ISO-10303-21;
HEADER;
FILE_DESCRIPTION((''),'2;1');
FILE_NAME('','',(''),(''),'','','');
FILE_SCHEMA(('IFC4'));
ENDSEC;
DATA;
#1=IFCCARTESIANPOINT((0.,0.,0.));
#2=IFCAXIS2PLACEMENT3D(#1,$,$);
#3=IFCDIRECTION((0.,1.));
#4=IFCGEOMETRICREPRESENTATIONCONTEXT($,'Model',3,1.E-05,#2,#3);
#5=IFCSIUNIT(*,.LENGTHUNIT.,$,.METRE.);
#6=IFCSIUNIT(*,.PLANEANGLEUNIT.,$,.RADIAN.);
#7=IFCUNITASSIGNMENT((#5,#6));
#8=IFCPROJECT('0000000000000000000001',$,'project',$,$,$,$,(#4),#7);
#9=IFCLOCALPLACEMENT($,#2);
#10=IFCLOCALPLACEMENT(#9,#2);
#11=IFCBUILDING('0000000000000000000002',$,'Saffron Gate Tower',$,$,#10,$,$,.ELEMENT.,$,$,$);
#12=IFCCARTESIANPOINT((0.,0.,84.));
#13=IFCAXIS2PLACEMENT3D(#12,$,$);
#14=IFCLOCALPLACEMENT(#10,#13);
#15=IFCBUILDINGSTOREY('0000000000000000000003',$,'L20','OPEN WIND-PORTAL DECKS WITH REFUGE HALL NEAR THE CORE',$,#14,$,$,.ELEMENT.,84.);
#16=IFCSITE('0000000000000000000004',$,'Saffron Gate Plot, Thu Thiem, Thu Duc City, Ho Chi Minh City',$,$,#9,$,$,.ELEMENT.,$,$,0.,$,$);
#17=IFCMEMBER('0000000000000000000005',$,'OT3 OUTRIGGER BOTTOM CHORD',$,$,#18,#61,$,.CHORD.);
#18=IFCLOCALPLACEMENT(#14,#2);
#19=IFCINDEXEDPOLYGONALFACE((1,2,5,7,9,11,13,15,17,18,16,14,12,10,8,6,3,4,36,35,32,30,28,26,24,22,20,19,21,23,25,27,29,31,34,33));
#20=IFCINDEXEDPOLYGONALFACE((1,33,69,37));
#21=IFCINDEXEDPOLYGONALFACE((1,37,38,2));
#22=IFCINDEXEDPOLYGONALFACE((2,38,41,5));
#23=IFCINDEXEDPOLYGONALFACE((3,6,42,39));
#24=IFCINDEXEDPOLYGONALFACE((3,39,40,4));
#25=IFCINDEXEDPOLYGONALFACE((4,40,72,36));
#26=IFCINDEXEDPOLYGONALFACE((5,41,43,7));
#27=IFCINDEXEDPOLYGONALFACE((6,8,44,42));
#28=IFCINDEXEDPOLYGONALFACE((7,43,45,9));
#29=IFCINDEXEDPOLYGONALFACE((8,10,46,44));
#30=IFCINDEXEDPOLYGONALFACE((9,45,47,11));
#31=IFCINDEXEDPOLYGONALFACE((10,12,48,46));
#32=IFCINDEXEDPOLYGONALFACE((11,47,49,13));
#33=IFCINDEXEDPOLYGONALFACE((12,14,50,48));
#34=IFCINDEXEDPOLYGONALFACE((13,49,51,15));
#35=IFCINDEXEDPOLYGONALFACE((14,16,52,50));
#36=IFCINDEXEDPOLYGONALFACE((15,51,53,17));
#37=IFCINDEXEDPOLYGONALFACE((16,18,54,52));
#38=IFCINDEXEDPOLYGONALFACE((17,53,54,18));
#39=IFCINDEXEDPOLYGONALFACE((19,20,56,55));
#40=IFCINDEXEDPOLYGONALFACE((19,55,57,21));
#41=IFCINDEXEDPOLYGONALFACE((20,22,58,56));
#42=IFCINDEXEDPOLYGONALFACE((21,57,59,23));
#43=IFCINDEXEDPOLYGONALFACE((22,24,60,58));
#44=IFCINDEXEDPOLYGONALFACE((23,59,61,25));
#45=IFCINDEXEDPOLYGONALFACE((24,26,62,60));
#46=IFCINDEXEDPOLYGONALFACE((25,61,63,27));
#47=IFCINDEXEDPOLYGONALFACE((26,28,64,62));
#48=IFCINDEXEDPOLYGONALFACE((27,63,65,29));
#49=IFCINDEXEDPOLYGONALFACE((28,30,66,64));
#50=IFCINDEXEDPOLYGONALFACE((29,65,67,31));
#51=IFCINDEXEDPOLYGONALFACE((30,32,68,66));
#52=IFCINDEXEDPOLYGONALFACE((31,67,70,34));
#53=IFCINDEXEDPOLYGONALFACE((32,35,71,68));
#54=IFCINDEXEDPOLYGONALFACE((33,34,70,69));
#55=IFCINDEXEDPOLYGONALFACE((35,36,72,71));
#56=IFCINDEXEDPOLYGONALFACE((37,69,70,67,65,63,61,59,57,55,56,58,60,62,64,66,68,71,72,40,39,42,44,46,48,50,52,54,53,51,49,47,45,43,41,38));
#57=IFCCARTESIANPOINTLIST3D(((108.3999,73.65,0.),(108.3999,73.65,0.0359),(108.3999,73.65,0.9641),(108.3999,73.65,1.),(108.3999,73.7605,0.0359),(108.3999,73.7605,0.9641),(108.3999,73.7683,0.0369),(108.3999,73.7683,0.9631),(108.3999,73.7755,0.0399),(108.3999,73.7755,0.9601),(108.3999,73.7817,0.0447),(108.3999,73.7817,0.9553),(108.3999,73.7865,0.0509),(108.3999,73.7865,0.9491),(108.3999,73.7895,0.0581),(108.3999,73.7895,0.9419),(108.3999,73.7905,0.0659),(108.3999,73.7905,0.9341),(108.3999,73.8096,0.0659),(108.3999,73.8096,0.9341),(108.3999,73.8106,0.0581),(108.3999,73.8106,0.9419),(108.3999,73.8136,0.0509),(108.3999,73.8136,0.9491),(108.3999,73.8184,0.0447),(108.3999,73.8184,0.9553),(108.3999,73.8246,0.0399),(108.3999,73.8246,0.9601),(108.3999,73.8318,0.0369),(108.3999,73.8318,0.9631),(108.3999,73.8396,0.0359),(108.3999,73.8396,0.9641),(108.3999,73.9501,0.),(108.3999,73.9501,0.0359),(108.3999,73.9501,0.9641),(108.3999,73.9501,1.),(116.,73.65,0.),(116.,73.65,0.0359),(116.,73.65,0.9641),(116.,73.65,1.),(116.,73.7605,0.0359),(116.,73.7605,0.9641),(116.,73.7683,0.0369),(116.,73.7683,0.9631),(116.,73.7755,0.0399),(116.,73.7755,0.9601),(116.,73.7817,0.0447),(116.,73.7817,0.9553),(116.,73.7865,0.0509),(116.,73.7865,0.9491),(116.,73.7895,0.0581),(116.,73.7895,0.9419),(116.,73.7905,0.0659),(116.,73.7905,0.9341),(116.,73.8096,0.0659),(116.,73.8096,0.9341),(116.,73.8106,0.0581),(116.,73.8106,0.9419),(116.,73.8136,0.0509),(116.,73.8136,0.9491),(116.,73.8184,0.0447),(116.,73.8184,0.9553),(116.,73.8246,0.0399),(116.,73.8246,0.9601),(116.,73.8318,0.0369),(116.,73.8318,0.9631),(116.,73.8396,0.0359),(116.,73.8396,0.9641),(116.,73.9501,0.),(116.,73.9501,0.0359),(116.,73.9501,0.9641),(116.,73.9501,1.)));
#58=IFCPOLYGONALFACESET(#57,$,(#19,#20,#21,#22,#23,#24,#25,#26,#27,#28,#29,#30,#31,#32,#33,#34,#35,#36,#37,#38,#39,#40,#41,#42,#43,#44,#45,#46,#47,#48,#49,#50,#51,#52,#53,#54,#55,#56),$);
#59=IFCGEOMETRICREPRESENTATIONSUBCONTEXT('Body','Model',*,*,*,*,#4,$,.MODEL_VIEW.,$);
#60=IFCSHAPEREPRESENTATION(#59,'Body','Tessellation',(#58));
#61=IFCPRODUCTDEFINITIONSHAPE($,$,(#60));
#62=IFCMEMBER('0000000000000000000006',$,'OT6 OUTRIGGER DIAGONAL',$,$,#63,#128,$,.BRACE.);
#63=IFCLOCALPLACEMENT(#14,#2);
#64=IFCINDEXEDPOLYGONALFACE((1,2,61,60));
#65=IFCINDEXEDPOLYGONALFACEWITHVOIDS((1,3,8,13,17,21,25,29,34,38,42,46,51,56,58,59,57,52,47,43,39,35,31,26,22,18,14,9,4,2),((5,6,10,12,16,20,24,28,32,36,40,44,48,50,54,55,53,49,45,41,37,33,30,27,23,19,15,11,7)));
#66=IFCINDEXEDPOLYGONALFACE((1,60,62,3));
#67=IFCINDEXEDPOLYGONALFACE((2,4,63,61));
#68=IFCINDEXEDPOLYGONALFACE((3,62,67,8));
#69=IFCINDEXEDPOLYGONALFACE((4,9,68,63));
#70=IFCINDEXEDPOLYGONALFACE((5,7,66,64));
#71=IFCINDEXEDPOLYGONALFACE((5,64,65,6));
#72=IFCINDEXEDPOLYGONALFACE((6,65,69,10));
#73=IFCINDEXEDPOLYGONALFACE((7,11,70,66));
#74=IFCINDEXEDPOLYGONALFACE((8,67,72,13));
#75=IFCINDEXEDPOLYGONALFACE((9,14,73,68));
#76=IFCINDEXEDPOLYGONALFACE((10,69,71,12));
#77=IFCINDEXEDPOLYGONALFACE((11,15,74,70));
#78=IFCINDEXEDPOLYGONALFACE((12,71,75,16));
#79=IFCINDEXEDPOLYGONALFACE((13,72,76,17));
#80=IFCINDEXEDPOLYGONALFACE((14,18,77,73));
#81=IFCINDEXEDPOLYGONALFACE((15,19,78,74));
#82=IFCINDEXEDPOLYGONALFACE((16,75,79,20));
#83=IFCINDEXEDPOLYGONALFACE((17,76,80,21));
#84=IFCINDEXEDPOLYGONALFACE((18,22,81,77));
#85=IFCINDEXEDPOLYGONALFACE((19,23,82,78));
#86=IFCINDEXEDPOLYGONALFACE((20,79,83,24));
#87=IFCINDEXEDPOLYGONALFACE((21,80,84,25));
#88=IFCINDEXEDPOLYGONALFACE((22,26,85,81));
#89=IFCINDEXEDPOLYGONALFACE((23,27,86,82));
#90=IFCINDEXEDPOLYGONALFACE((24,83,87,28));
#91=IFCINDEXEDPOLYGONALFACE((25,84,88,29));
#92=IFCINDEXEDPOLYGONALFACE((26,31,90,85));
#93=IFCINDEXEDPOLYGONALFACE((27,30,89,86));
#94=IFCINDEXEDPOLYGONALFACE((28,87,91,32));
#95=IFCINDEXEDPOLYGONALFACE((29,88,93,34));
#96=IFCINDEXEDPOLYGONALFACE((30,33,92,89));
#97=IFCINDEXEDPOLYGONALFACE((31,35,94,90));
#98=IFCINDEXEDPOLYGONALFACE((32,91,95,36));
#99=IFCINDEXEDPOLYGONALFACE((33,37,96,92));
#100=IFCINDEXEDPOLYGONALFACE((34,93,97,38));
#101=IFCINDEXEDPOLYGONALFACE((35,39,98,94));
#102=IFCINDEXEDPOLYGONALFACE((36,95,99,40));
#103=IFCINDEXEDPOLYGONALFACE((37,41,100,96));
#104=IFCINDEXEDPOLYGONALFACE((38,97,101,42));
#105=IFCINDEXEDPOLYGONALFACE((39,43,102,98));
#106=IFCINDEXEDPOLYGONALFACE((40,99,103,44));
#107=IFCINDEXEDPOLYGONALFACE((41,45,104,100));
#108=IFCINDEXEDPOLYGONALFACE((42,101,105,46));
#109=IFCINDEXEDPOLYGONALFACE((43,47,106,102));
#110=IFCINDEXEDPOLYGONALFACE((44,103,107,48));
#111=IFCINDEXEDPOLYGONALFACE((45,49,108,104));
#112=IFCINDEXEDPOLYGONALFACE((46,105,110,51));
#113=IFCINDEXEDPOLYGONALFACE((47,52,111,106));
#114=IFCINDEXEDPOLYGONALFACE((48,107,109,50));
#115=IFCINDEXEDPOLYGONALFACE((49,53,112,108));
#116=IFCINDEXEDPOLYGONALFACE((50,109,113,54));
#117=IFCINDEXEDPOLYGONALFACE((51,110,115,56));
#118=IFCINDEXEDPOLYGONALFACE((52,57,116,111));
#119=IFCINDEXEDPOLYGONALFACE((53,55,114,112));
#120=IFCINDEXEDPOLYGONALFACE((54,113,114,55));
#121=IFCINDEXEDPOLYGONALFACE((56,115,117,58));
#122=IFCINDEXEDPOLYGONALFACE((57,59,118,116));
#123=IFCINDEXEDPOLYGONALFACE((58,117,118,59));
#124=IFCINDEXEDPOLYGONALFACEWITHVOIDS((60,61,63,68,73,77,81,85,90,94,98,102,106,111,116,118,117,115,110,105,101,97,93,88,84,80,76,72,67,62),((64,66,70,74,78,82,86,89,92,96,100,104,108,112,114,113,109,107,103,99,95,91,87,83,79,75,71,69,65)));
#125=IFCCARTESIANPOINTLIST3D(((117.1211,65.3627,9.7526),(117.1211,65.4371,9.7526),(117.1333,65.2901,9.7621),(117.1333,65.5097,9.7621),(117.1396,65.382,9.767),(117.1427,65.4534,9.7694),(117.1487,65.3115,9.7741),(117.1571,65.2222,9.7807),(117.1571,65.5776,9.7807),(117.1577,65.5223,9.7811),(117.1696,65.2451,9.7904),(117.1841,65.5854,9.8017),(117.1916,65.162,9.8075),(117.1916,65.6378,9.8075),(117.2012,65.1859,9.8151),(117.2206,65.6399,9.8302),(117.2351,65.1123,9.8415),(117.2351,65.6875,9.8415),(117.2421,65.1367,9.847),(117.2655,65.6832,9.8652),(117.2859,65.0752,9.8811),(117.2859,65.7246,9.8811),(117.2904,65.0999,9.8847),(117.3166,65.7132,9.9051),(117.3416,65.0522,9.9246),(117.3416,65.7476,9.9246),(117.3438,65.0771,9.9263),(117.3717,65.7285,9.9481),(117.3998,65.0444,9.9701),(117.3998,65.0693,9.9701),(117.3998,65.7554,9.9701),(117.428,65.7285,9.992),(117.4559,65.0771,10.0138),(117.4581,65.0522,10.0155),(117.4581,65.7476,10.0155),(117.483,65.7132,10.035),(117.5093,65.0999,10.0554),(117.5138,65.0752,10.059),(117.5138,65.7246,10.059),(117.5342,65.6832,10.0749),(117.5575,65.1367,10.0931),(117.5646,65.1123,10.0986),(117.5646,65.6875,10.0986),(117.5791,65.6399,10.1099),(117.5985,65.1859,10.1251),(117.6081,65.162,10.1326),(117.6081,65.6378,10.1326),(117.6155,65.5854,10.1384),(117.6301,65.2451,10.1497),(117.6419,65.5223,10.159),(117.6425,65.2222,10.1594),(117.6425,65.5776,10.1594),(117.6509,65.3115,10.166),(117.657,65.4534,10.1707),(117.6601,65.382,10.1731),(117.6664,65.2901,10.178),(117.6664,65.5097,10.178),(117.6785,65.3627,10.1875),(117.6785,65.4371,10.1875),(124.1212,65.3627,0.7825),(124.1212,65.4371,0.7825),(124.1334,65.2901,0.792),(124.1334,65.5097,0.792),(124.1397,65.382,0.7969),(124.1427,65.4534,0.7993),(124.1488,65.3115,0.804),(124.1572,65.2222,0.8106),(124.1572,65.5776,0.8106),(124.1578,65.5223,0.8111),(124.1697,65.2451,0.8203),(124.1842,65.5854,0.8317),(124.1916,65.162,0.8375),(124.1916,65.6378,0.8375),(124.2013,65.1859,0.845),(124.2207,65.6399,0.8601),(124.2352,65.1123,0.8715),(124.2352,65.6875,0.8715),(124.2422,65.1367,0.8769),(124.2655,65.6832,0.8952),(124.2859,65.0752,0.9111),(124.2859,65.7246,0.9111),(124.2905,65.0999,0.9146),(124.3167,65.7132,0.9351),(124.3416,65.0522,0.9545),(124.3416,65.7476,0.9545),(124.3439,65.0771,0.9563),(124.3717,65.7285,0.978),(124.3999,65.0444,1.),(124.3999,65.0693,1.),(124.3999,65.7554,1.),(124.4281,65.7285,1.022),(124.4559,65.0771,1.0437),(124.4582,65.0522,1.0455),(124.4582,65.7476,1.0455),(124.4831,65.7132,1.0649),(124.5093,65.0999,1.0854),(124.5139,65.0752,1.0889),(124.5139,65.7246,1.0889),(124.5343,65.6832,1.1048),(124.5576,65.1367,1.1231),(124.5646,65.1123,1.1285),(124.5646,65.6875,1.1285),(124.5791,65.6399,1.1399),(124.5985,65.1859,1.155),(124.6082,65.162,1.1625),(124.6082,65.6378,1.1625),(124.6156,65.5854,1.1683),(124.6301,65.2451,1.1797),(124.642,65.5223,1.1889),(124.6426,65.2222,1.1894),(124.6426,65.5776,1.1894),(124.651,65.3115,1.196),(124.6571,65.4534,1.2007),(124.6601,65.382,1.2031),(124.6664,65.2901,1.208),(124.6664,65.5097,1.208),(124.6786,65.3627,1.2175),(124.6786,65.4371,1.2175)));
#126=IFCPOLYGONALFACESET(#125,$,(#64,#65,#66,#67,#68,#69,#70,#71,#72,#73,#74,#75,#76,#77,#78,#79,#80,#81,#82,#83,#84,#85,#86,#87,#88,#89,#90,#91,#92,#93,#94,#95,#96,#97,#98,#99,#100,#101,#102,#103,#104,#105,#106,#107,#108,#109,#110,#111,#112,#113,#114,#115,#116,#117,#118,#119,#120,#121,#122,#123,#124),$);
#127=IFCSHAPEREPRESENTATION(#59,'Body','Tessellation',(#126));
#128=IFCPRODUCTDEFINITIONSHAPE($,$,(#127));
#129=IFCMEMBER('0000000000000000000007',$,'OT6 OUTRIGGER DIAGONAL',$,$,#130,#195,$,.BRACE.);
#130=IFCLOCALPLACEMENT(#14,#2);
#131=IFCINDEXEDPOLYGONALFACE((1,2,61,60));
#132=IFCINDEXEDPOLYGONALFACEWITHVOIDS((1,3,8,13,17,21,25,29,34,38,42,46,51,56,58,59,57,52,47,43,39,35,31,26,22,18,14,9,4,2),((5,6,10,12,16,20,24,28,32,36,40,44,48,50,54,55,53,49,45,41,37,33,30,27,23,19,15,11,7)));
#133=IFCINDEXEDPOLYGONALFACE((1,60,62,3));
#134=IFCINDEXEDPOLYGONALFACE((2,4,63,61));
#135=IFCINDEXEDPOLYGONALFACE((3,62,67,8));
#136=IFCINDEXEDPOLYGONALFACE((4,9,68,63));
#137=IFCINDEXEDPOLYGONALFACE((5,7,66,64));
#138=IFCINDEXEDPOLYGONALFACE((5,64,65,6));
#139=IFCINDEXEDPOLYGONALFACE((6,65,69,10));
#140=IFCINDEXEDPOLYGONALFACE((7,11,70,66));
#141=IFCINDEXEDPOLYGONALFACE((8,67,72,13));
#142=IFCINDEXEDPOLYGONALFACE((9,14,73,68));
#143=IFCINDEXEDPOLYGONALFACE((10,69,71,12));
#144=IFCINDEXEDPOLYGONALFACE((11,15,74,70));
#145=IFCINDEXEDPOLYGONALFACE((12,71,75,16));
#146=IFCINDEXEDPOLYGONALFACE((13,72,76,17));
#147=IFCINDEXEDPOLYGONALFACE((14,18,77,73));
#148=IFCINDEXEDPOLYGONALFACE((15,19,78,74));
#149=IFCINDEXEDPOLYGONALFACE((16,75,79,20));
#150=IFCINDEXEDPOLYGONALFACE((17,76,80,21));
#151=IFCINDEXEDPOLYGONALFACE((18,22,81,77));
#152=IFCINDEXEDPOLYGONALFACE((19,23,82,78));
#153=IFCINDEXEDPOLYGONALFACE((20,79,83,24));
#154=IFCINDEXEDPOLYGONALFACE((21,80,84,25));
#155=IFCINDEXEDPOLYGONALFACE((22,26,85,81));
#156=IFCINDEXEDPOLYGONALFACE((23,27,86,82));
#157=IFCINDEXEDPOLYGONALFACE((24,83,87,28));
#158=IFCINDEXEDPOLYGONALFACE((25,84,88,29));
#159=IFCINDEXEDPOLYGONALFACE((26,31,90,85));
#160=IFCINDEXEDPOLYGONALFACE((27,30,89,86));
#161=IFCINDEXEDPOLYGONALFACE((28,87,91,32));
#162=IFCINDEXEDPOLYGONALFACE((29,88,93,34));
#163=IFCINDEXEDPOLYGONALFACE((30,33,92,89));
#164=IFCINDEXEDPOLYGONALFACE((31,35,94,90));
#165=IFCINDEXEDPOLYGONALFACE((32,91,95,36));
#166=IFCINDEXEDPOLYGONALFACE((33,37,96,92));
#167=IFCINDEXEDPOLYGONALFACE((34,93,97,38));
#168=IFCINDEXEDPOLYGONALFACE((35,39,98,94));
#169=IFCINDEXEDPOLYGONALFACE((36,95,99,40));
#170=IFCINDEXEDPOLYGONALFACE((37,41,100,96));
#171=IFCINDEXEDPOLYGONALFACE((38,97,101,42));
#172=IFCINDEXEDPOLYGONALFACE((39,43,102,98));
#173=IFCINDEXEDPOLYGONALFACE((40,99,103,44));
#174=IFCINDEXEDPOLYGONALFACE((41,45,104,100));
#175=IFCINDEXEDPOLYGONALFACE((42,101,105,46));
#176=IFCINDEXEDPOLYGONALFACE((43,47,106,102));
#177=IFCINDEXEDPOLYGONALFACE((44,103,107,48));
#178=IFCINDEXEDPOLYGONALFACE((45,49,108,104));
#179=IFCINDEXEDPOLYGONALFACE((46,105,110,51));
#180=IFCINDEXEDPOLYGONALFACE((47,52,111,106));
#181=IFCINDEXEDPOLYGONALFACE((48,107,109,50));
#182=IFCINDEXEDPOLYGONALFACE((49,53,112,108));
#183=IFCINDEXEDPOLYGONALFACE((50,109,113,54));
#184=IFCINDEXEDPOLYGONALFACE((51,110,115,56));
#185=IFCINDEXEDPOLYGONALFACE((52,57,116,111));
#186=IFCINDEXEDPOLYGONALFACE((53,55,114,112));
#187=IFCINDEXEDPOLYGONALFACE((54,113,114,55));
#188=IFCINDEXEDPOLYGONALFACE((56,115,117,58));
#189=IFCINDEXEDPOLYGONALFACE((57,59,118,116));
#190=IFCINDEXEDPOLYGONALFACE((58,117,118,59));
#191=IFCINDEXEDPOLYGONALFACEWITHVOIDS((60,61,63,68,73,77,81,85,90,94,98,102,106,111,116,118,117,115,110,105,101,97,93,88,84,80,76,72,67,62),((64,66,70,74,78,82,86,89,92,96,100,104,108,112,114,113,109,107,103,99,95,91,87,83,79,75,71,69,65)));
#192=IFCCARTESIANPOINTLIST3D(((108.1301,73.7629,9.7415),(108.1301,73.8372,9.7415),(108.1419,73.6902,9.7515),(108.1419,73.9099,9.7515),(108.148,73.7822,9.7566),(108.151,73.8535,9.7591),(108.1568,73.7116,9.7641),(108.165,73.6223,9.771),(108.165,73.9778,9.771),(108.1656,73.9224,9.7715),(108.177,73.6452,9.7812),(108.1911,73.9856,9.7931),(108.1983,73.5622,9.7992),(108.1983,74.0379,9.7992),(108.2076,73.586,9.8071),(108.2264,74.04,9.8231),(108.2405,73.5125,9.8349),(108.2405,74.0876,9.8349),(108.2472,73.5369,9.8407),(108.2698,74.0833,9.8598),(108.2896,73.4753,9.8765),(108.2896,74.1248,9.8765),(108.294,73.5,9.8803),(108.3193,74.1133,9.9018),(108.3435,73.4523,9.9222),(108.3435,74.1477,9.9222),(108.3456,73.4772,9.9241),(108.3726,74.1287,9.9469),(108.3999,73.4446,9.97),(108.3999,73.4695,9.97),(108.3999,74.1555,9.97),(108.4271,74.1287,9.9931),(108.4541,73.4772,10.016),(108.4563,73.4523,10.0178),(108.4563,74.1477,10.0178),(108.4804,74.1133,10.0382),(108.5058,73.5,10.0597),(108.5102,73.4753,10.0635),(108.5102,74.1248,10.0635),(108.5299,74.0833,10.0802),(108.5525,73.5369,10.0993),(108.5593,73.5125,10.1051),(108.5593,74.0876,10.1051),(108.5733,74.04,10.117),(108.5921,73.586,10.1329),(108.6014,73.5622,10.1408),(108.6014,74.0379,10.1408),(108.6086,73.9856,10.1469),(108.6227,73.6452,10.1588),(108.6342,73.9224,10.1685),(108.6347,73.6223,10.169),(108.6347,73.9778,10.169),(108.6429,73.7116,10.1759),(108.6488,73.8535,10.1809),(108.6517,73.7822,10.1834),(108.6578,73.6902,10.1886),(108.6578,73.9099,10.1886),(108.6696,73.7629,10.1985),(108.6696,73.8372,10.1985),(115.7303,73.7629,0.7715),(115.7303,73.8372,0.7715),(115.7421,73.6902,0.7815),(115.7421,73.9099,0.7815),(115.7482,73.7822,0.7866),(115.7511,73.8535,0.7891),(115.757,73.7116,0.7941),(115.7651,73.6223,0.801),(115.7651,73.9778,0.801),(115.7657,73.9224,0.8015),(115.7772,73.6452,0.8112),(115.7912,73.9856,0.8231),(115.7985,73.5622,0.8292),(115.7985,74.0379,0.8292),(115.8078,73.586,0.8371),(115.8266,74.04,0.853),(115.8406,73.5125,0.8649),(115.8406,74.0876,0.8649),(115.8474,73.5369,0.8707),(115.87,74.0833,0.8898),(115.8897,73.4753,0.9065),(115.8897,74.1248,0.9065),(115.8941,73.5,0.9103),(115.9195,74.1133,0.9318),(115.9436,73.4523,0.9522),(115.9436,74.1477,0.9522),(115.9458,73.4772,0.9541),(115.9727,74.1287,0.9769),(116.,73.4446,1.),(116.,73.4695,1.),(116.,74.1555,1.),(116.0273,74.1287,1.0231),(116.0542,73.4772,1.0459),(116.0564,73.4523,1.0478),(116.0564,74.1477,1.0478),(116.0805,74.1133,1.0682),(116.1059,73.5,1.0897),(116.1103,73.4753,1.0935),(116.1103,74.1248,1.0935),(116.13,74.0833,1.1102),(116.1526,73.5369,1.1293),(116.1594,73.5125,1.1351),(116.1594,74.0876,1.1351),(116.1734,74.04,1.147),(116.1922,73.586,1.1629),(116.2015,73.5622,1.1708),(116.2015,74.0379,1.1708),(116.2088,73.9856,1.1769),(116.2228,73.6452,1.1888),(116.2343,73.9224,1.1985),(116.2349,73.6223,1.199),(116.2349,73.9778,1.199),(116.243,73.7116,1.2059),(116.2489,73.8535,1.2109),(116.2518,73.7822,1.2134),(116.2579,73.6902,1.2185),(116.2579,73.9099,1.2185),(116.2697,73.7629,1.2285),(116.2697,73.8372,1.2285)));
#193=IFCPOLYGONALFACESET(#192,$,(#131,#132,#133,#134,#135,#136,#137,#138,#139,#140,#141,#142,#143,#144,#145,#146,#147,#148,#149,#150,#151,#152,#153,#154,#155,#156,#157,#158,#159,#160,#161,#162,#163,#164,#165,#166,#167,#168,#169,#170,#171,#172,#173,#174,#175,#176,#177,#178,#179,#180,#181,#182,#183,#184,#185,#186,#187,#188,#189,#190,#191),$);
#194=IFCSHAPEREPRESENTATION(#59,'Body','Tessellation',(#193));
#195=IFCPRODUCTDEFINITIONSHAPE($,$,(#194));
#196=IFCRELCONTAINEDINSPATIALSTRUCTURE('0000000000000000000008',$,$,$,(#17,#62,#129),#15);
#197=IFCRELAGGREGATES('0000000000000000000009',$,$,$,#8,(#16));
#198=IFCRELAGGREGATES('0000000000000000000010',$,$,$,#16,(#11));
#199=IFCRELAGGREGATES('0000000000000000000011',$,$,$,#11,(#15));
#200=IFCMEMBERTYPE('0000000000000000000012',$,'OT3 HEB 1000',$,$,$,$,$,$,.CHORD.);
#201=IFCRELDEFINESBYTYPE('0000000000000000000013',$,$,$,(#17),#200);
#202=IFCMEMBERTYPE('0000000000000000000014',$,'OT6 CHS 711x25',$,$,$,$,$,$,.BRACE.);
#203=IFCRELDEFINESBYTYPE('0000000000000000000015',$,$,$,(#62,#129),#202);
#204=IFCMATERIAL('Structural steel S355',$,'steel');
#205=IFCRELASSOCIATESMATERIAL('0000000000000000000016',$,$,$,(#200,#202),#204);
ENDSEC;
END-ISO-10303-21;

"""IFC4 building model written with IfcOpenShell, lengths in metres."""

from ifc_helpers import new_model, si_unit, direction, frame, origin, origin_2d, place, context, subcontext, project, spatial, hollow_circle, i_section, extrude, material, material_profile, profile_set, type_object, element, save


model = new_model("IFC4")

# Units and contexts
model_context = context("Model", 3, precision=1e-05, world=origin(), true_north=direction((0.0, 1.0)))
body_context = subcontext(model_context, "Body", "Model", "MODEL_VIEW")
ifc_project = project(units=[si_unit("LENGTHUNIT", "METRE"), si_unit("PLANEANGLEUNIT", "RADIAN")], contexts=[model_context])

# Site, building, storey
site_placement = place(None, origin())
site = spatial("IfcSite", under=ifc_project, at=site_placement, Name="Saffron Gate Plot, Thu Thiem, Thu Duc City, Ho Chi Minh City", CompositionType="ELEMENT", RefElevation=0.0)
building_placement = place(site_placement, origin())
building = spatial("IfcBuilding", under=site, at=building_placement, Name="Saffron Gate Tower", CompositionType="ELEMENT")
storey_placement = place(building_placement, frame((0.0, 0.0, 84.0)))
storey = spatial("IfcBuildingStorey", under=building, at=storey_placement, Name="L20", Description="OPEN WIND-PORTAL DECKS WITH REFUGE HALL NEAR THE CORE", CompositionType="ELEMENT", Elevation=84.0)

# Shared definitions
ifc_material_1 = material(Name="Structural steel S355", Category="steel")

# Members
ifc_material_profile_1 = material_profile(ifc_material_1, i_section(OverallWidth=0.3, OverallDepth=1.0, WebThickness=0.019, FlangeThickness=0.0359, FilletRadius=0.03, at=origin_2d()))
ifc_profile_set_1 = profile_set([ifc_material_profile_1], Name="Structural steel S355")
member_type_1 = type_object("IfcMemberType", Name="OT3 HEB 1000", PredefinedType="CHORD", material=ifc_profile_set_1)
for number, where, z_axis, x_axis, name in (
    (1, (116.0, 73.8, 0.5), (-1.0, 0.0, 0.0), (0.0, -1.0, 0.0), "OT3 OUTRIGGER BOTTOM CHORD"),
):
    element("IfcMember", number, at=place(storey_placement, frame(where, z_axis=z_axis, x_axis=x_axis)), inside=storey, type_object=member_type_1, Name=name, PredefinedType="CHORD", context=body_context, shape_type="SweptSolid", body=[
        extrude(i_section(OverallWidth=0.3, OverallDepth=1.0, WebThickness=0.019, FlangeThickness=0.0359, FilletRadius=0.03, at=origin_2d()), origin(), (0.0, 0.0, 1.0), 7.6001),
    ])
ifc_material_profile_2 = material_profile(ifc_material_1, hollow_circle(Radius=0.3555, WallThickness=0.0249, at=origin_2d()))
ifc_profile_set_2 = profile_set([ifc_material_profile_2], Name="Structural steel S355")
member_type_2 = type_object("IfcMemberType", Name="OT6 CHS 711x25", PredefinedType="BRACE", material=ifc_profile_set_2)
member_1_placement = place(storey_placement, frame((124.3999, 65.3999, 1.0), z_axis=(-0.615219, 0.0, 0.788356), x_axis=(0.0, -1.0, 0.0)))
element("IfcMember", 2, at=member_1_placement, inside=storey, type_object=member_type_2, Name="OT6 OUTRIGGER DIAGONAL", PredefinedType="BRACE", context=body_context, shape_type="SweptSolid", body=[
    extrude(hollow_circle(Radius=0.3555, WallThickness=0.0249, at=origin_2d()), origin(), (0.0, 0.0, 1.0), 11.3782),
])
member_2_placement = place(storey_placement, frame((116.0, 73.8, 1.0), z_axis=(-0.646444, 0.0, 0.762962), x_axis=(0.0, -1.0, 0.0)))
element("IfcMember", 3, at=member_2_placement, inside=storey, type_object=member_type_2, Name="OT6 OUTRIGGER DIAGONAL", PredefinedType="BRACE", context=body_context, shape_type="SweptSolid", body=[
    extrude(hollow_circle(Radius=0.3555, WallThickness=0.0249, at=origin_2d()), origin(), (0.0, 0.0, 1.0), 11.7568),
])

save(model, "model.ifc")
